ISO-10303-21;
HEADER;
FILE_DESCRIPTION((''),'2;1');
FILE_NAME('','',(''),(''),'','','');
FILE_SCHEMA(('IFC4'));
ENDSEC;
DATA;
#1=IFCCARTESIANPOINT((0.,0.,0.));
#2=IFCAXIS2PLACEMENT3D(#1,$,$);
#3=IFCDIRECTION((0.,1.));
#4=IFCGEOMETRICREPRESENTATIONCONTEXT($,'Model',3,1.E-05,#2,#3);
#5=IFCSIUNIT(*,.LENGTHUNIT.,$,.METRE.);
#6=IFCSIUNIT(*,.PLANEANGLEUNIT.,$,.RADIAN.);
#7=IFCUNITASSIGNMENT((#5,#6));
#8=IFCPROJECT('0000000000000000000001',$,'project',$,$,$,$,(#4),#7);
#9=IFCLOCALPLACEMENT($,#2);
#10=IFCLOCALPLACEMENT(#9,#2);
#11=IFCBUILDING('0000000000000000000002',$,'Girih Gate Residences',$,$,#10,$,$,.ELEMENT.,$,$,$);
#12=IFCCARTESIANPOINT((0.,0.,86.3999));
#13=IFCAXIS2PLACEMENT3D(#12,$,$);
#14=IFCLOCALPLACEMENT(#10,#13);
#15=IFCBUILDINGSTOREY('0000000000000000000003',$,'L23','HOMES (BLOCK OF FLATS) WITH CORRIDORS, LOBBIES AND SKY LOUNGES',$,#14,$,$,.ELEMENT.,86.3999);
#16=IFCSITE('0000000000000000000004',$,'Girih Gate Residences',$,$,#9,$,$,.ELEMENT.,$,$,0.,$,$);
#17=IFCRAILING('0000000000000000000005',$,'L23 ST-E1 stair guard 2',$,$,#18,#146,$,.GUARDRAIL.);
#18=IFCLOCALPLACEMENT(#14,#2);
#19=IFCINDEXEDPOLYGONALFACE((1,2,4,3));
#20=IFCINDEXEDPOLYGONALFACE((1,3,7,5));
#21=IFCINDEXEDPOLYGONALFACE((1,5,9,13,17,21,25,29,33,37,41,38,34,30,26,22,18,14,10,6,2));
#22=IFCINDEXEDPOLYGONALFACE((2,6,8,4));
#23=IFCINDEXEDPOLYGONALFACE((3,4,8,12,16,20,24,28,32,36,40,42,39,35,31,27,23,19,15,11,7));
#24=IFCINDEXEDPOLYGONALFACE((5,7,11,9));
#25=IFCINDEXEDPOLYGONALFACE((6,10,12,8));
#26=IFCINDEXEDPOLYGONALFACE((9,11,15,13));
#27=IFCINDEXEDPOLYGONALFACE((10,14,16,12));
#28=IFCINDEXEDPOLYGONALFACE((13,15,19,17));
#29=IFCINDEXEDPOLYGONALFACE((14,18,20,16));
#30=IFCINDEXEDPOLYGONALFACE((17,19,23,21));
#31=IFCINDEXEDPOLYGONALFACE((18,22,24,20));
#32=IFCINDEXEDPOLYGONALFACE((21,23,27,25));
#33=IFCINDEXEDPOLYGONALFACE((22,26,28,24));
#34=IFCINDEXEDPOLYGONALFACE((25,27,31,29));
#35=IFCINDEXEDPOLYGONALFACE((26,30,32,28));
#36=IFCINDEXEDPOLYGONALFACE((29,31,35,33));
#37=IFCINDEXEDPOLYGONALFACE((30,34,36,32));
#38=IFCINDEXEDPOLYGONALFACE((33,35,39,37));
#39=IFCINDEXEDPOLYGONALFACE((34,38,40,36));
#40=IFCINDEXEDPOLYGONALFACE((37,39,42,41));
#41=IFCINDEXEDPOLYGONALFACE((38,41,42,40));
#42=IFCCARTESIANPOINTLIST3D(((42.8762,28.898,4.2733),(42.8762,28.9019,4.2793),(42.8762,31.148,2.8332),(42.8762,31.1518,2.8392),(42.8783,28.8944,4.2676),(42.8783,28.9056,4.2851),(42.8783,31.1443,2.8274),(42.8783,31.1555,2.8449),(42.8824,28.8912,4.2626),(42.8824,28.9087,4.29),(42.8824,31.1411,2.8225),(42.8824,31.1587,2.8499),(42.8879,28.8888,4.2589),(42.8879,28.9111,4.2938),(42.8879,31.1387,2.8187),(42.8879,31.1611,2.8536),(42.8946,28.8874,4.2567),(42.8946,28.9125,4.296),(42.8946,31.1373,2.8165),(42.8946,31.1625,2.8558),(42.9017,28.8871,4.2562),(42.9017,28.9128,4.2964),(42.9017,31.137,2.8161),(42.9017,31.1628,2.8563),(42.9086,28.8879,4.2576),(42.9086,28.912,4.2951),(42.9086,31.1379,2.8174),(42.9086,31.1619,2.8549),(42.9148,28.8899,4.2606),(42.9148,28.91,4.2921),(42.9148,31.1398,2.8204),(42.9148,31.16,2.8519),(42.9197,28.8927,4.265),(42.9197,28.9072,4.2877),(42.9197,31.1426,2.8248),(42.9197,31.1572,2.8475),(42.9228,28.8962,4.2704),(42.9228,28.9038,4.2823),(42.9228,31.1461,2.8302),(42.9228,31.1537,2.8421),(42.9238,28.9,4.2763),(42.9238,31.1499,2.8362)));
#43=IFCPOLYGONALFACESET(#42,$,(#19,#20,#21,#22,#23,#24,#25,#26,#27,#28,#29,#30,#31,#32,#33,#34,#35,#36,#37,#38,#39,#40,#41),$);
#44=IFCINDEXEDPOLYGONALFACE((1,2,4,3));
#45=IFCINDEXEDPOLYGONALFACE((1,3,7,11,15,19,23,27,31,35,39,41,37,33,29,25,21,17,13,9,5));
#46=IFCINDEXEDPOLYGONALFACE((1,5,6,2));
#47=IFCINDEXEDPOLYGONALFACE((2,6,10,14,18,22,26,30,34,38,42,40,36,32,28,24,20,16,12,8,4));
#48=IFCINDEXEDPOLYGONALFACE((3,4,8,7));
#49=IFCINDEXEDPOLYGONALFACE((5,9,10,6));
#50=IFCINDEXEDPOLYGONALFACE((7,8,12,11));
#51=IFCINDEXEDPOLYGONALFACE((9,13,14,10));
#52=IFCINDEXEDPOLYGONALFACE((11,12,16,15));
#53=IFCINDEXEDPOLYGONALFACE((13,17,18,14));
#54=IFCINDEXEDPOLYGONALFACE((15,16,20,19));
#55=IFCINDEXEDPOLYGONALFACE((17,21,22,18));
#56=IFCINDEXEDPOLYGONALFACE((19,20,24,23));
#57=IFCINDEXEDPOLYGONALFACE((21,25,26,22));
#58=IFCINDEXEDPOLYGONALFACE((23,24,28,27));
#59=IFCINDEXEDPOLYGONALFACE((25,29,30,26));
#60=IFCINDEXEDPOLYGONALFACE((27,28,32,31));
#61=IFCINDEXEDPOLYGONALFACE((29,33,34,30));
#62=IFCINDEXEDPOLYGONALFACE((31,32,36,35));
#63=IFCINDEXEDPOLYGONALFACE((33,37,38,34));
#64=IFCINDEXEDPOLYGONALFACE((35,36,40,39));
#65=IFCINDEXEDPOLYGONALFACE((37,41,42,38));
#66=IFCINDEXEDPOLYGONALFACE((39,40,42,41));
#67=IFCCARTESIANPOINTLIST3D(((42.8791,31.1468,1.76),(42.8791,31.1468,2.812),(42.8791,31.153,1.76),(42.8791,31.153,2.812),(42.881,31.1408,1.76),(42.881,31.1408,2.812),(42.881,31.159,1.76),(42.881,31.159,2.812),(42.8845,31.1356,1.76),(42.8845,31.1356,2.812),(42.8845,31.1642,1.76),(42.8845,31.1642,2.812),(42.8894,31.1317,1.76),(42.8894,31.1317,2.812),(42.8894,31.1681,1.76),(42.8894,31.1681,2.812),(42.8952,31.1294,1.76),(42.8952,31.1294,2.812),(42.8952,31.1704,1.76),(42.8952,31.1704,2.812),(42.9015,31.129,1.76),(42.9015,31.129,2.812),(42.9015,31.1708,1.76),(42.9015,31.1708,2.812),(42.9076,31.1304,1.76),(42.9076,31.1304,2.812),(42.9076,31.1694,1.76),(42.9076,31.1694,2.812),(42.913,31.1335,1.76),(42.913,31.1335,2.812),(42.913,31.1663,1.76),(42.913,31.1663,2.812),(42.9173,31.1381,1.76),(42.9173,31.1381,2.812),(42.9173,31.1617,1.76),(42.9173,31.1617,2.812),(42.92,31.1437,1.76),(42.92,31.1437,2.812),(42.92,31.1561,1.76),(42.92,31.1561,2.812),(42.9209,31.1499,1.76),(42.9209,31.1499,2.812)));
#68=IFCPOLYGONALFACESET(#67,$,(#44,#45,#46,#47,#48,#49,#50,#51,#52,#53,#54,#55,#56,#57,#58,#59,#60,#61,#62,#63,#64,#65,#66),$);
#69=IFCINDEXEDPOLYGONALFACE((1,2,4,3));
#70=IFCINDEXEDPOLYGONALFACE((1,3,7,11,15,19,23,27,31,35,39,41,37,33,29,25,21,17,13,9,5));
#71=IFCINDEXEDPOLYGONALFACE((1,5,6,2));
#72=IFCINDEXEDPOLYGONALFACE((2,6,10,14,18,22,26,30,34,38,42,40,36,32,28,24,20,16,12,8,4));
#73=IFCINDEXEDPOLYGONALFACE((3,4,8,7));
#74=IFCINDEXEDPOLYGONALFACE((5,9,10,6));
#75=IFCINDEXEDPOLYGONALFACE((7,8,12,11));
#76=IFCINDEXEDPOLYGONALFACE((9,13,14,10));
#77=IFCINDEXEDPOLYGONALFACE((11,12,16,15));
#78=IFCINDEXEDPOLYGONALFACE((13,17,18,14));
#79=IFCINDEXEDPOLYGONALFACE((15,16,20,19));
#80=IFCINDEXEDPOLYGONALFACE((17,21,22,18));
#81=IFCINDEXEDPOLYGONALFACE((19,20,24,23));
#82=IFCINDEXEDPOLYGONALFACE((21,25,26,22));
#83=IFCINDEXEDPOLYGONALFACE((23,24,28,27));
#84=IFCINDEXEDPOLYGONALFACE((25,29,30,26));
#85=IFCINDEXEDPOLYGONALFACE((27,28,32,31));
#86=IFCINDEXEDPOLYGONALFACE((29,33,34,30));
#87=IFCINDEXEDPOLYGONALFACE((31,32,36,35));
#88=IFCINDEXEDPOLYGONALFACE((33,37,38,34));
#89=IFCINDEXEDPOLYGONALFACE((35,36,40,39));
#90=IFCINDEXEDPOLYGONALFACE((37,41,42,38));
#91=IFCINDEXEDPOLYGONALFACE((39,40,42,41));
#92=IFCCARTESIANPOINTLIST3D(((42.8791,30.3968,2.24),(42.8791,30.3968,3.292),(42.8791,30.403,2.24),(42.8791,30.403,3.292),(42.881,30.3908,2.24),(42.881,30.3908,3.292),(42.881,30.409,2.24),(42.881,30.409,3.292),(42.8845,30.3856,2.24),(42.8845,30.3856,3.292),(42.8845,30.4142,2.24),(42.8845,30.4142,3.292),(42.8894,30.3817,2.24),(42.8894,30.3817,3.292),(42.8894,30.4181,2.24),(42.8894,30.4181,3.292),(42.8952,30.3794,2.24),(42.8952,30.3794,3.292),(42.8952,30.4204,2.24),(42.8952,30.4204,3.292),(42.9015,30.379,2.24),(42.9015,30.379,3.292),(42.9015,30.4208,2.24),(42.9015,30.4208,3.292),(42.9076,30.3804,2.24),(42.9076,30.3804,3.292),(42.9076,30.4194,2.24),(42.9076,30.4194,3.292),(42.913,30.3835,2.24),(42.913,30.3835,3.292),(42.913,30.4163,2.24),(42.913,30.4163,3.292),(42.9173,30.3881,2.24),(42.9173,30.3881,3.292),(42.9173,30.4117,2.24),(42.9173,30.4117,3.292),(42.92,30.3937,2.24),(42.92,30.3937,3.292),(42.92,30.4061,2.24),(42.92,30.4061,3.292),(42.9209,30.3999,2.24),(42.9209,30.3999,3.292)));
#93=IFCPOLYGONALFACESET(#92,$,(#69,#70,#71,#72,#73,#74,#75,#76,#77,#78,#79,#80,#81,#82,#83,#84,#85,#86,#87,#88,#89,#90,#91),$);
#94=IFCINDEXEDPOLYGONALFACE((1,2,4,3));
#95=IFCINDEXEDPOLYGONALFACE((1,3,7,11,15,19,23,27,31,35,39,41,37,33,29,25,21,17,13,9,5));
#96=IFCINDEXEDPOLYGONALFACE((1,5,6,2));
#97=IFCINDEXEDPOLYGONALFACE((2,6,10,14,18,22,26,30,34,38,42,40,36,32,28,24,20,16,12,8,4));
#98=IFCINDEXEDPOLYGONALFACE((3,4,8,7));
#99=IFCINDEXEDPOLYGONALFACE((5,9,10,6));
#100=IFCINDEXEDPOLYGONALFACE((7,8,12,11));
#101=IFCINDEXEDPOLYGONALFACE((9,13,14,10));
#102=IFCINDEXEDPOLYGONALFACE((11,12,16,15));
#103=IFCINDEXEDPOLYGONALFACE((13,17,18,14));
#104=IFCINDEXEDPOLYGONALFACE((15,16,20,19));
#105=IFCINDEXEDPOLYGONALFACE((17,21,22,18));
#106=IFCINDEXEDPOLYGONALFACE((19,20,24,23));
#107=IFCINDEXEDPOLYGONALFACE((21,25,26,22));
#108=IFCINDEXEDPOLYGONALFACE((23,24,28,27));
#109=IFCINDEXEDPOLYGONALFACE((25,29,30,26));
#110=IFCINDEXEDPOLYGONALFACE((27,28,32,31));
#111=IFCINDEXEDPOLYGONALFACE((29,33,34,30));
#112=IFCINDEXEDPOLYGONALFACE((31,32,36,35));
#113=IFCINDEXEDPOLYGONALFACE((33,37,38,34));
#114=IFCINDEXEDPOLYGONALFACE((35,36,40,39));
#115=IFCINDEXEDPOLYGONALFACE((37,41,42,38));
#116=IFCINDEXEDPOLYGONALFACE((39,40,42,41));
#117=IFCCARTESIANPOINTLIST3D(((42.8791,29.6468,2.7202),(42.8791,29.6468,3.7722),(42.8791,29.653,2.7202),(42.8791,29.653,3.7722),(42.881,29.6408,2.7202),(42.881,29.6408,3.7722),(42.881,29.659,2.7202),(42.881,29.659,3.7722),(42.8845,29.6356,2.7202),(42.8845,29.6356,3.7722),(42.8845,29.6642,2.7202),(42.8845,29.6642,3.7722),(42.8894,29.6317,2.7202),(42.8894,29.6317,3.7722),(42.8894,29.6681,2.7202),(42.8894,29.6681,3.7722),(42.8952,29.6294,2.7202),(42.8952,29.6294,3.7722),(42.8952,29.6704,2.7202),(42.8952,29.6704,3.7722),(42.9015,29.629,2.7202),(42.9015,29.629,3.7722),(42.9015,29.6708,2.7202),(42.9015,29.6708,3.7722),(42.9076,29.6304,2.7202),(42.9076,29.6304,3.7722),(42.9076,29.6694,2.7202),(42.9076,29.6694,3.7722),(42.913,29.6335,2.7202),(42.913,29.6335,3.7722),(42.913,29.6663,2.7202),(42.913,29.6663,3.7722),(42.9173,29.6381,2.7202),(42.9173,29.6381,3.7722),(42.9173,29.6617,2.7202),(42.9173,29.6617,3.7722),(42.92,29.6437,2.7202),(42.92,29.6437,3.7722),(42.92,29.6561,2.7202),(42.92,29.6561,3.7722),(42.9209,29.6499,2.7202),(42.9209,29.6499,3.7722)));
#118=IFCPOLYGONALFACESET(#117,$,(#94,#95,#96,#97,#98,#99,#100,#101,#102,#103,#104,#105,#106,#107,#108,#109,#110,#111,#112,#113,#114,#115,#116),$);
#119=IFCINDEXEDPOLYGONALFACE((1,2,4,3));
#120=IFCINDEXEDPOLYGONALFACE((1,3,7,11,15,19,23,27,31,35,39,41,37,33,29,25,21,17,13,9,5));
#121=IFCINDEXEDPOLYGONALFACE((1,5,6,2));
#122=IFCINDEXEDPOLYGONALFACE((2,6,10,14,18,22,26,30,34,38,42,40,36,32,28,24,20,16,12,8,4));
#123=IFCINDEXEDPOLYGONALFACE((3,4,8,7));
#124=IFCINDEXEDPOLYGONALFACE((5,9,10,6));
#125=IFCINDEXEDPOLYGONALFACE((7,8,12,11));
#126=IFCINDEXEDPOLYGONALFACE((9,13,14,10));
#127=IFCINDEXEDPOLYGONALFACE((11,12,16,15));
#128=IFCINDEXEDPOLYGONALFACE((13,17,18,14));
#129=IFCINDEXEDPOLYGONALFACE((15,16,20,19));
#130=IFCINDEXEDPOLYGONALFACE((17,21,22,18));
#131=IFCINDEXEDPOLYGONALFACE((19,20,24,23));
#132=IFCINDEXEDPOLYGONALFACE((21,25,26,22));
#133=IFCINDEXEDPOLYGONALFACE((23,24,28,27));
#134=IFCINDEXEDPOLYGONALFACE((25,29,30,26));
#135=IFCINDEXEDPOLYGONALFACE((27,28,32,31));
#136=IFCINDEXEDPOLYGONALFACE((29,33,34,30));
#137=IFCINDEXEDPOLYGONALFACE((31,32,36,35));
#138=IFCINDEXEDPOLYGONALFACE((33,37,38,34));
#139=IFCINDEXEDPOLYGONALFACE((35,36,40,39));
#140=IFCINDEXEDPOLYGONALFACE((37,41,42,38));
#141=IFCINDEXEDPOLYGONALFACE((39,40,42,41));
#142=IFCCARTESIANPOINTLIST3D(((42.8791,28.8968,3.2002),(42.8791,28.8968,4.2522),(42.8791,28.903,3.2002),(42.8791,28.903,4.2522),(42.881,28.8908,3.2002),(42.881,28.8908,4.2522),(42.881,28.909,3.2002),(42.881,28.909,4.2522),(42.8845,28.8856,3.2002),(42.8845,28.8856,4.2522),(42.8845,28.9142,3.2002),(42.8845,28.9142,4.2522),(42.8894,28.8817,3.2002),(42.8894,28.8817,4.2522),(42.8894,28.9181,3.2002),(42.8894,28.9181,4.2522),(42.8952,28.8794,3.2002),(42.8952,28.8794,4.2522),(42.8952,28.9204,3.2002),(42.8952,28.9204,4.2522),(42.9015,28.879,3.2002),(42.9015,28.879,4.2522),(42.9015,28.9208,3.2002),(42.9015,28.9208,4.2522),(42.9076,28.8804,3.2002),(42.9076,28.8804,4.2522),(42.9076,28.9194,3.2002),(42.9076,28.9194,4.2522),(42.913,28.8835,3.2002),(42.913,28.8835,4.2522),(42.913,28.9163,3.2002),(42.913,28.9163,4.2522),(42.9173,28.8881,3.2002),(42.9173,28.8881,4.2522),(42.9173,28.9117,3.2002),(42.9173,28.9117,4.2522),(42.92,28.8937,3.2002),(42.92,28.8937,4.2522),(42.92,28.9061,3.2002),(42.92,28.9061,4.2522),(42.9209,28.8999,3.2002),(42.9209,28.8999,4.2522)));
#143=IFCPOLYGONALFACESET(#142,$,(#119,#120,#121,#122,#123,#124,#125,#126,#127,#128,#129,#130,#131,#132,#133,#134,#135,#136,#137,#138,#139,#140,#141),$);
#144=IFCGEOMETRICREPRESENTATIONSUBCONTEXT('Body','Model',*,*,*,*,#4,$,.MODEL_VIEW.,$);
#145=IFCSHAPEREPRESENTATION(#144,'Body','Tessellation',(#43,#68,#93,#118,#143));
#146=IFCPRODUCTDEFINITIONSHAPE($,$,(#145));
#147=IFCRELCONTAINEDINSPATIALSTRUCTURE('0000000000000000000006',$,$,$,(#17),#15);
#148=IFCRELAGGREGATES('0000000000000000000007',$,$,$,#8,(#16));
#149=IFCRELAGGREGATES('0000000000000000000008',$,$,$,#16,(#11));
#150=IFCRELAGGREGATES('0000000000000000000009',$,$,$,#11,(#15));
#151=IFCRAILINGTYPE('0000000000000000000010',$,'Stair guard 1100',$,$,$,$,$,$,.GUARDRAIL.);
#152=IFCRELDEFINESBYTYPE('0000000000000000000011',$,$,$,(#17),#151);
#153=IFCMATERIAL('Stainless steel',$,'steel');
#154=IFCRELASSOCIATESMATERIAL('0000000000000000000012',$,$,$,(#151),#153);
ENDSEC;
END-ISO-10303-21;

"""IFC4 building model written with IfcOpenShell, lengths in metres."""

from ifc_helpers import new_model, si_unit, direction, frame, origin, origin_2d, place, context, subcontext, project, spatial, circle, extrude, material, type_object, element, save


model = new_model("IFC4")

# Units and contexts
model_context = context("Model", 3, precision=1e-05, world=origin(), true_north=direction((0.0, 1.0)))
body_context = subcontext(model_context, "Body", "Model", "MODEL_VIEW")
ifc_project = project(units=[si_unit("LENGTHUNIT", "METRE"), si_unit("PLANEANGLEUNIT", "RADIAN")], contexts=[model_context])

# Site, building, storey
site_placement = place(None, origin())
site = spatial("IfcSite", under=ifc_project, at=site_placement, Name="Girih Gate Residences", CompositionType="ELEMENT", RefElevation=0.0)
building_placement = place(site_placement, origin())
building = spatial("IfcBuilding", under=site, at=building_placement, Name="Girih Gate Residences", CompositionType="ELEMENT")
storey_placement = place(building_placement, frame((0.0, 0.0, 86.3999)))
storey = spatial("IfcBuildingStorey", under=building, at=storey_placement, Name="L23", Description="HOMES (BLOCK OF FLATS) WITH CORRIDORS, LOBBIES AND SKY LOUNGES", CompositionType="ELEMENT", Elevation=86.3999)

# Railing
ifc_material_1 = material(Name="Stainless steel", Category="steel")
railing_type_1 = type_object("IfcRailingType", Name="Stair guard 1100", PredefinedType="GUARDRAIL", material=ifc_material_1)
railing_1_placement = place(storey_placement, frame((42.8999, 31.1499, 1.76)))
element("IfcRailing", 1, at=railing_1_placement, inside=storey, type_object=railing_type_1, Name="L23 ST-E1 stair guard 2", PredefinedType="GUARDRAIL", context=body_context, shape_type="SweptSolid", body=[
    extrude(circle(Radius=0.0239, at=origin_2d()), frame((0.0, 0.0, 1.0762), z_axis=(0.0, -0.84224, 0.539103), x_axis=(1.0, 0.0, 0.0)), (0.0, 0.0, 1.0), 2.6714),
    extrude(circle(Radius=0.021, at=origin_2d()), origin(), (0.0, 0.0, 1.0), 1.052),
    extrude(circle(Radius=0.021, at=origin_2d()), frame((0.0, -0.75, 0.48)), (0.0, 0.0, 1.0), 1.052),
    extrude(circle(Radius=0.021, at=origin_2d()), frame((0.0, -1.5, 0.9602)), (0.0, 0.0, 1.0), 1.052),
    extrude(circle(Radius=0.021, at=origin_2d()), frame((0.0, -2.25, 1.4402)), (0.0, 0.0, 1.0), 1.052),
])

save(model, "model.ifc")
